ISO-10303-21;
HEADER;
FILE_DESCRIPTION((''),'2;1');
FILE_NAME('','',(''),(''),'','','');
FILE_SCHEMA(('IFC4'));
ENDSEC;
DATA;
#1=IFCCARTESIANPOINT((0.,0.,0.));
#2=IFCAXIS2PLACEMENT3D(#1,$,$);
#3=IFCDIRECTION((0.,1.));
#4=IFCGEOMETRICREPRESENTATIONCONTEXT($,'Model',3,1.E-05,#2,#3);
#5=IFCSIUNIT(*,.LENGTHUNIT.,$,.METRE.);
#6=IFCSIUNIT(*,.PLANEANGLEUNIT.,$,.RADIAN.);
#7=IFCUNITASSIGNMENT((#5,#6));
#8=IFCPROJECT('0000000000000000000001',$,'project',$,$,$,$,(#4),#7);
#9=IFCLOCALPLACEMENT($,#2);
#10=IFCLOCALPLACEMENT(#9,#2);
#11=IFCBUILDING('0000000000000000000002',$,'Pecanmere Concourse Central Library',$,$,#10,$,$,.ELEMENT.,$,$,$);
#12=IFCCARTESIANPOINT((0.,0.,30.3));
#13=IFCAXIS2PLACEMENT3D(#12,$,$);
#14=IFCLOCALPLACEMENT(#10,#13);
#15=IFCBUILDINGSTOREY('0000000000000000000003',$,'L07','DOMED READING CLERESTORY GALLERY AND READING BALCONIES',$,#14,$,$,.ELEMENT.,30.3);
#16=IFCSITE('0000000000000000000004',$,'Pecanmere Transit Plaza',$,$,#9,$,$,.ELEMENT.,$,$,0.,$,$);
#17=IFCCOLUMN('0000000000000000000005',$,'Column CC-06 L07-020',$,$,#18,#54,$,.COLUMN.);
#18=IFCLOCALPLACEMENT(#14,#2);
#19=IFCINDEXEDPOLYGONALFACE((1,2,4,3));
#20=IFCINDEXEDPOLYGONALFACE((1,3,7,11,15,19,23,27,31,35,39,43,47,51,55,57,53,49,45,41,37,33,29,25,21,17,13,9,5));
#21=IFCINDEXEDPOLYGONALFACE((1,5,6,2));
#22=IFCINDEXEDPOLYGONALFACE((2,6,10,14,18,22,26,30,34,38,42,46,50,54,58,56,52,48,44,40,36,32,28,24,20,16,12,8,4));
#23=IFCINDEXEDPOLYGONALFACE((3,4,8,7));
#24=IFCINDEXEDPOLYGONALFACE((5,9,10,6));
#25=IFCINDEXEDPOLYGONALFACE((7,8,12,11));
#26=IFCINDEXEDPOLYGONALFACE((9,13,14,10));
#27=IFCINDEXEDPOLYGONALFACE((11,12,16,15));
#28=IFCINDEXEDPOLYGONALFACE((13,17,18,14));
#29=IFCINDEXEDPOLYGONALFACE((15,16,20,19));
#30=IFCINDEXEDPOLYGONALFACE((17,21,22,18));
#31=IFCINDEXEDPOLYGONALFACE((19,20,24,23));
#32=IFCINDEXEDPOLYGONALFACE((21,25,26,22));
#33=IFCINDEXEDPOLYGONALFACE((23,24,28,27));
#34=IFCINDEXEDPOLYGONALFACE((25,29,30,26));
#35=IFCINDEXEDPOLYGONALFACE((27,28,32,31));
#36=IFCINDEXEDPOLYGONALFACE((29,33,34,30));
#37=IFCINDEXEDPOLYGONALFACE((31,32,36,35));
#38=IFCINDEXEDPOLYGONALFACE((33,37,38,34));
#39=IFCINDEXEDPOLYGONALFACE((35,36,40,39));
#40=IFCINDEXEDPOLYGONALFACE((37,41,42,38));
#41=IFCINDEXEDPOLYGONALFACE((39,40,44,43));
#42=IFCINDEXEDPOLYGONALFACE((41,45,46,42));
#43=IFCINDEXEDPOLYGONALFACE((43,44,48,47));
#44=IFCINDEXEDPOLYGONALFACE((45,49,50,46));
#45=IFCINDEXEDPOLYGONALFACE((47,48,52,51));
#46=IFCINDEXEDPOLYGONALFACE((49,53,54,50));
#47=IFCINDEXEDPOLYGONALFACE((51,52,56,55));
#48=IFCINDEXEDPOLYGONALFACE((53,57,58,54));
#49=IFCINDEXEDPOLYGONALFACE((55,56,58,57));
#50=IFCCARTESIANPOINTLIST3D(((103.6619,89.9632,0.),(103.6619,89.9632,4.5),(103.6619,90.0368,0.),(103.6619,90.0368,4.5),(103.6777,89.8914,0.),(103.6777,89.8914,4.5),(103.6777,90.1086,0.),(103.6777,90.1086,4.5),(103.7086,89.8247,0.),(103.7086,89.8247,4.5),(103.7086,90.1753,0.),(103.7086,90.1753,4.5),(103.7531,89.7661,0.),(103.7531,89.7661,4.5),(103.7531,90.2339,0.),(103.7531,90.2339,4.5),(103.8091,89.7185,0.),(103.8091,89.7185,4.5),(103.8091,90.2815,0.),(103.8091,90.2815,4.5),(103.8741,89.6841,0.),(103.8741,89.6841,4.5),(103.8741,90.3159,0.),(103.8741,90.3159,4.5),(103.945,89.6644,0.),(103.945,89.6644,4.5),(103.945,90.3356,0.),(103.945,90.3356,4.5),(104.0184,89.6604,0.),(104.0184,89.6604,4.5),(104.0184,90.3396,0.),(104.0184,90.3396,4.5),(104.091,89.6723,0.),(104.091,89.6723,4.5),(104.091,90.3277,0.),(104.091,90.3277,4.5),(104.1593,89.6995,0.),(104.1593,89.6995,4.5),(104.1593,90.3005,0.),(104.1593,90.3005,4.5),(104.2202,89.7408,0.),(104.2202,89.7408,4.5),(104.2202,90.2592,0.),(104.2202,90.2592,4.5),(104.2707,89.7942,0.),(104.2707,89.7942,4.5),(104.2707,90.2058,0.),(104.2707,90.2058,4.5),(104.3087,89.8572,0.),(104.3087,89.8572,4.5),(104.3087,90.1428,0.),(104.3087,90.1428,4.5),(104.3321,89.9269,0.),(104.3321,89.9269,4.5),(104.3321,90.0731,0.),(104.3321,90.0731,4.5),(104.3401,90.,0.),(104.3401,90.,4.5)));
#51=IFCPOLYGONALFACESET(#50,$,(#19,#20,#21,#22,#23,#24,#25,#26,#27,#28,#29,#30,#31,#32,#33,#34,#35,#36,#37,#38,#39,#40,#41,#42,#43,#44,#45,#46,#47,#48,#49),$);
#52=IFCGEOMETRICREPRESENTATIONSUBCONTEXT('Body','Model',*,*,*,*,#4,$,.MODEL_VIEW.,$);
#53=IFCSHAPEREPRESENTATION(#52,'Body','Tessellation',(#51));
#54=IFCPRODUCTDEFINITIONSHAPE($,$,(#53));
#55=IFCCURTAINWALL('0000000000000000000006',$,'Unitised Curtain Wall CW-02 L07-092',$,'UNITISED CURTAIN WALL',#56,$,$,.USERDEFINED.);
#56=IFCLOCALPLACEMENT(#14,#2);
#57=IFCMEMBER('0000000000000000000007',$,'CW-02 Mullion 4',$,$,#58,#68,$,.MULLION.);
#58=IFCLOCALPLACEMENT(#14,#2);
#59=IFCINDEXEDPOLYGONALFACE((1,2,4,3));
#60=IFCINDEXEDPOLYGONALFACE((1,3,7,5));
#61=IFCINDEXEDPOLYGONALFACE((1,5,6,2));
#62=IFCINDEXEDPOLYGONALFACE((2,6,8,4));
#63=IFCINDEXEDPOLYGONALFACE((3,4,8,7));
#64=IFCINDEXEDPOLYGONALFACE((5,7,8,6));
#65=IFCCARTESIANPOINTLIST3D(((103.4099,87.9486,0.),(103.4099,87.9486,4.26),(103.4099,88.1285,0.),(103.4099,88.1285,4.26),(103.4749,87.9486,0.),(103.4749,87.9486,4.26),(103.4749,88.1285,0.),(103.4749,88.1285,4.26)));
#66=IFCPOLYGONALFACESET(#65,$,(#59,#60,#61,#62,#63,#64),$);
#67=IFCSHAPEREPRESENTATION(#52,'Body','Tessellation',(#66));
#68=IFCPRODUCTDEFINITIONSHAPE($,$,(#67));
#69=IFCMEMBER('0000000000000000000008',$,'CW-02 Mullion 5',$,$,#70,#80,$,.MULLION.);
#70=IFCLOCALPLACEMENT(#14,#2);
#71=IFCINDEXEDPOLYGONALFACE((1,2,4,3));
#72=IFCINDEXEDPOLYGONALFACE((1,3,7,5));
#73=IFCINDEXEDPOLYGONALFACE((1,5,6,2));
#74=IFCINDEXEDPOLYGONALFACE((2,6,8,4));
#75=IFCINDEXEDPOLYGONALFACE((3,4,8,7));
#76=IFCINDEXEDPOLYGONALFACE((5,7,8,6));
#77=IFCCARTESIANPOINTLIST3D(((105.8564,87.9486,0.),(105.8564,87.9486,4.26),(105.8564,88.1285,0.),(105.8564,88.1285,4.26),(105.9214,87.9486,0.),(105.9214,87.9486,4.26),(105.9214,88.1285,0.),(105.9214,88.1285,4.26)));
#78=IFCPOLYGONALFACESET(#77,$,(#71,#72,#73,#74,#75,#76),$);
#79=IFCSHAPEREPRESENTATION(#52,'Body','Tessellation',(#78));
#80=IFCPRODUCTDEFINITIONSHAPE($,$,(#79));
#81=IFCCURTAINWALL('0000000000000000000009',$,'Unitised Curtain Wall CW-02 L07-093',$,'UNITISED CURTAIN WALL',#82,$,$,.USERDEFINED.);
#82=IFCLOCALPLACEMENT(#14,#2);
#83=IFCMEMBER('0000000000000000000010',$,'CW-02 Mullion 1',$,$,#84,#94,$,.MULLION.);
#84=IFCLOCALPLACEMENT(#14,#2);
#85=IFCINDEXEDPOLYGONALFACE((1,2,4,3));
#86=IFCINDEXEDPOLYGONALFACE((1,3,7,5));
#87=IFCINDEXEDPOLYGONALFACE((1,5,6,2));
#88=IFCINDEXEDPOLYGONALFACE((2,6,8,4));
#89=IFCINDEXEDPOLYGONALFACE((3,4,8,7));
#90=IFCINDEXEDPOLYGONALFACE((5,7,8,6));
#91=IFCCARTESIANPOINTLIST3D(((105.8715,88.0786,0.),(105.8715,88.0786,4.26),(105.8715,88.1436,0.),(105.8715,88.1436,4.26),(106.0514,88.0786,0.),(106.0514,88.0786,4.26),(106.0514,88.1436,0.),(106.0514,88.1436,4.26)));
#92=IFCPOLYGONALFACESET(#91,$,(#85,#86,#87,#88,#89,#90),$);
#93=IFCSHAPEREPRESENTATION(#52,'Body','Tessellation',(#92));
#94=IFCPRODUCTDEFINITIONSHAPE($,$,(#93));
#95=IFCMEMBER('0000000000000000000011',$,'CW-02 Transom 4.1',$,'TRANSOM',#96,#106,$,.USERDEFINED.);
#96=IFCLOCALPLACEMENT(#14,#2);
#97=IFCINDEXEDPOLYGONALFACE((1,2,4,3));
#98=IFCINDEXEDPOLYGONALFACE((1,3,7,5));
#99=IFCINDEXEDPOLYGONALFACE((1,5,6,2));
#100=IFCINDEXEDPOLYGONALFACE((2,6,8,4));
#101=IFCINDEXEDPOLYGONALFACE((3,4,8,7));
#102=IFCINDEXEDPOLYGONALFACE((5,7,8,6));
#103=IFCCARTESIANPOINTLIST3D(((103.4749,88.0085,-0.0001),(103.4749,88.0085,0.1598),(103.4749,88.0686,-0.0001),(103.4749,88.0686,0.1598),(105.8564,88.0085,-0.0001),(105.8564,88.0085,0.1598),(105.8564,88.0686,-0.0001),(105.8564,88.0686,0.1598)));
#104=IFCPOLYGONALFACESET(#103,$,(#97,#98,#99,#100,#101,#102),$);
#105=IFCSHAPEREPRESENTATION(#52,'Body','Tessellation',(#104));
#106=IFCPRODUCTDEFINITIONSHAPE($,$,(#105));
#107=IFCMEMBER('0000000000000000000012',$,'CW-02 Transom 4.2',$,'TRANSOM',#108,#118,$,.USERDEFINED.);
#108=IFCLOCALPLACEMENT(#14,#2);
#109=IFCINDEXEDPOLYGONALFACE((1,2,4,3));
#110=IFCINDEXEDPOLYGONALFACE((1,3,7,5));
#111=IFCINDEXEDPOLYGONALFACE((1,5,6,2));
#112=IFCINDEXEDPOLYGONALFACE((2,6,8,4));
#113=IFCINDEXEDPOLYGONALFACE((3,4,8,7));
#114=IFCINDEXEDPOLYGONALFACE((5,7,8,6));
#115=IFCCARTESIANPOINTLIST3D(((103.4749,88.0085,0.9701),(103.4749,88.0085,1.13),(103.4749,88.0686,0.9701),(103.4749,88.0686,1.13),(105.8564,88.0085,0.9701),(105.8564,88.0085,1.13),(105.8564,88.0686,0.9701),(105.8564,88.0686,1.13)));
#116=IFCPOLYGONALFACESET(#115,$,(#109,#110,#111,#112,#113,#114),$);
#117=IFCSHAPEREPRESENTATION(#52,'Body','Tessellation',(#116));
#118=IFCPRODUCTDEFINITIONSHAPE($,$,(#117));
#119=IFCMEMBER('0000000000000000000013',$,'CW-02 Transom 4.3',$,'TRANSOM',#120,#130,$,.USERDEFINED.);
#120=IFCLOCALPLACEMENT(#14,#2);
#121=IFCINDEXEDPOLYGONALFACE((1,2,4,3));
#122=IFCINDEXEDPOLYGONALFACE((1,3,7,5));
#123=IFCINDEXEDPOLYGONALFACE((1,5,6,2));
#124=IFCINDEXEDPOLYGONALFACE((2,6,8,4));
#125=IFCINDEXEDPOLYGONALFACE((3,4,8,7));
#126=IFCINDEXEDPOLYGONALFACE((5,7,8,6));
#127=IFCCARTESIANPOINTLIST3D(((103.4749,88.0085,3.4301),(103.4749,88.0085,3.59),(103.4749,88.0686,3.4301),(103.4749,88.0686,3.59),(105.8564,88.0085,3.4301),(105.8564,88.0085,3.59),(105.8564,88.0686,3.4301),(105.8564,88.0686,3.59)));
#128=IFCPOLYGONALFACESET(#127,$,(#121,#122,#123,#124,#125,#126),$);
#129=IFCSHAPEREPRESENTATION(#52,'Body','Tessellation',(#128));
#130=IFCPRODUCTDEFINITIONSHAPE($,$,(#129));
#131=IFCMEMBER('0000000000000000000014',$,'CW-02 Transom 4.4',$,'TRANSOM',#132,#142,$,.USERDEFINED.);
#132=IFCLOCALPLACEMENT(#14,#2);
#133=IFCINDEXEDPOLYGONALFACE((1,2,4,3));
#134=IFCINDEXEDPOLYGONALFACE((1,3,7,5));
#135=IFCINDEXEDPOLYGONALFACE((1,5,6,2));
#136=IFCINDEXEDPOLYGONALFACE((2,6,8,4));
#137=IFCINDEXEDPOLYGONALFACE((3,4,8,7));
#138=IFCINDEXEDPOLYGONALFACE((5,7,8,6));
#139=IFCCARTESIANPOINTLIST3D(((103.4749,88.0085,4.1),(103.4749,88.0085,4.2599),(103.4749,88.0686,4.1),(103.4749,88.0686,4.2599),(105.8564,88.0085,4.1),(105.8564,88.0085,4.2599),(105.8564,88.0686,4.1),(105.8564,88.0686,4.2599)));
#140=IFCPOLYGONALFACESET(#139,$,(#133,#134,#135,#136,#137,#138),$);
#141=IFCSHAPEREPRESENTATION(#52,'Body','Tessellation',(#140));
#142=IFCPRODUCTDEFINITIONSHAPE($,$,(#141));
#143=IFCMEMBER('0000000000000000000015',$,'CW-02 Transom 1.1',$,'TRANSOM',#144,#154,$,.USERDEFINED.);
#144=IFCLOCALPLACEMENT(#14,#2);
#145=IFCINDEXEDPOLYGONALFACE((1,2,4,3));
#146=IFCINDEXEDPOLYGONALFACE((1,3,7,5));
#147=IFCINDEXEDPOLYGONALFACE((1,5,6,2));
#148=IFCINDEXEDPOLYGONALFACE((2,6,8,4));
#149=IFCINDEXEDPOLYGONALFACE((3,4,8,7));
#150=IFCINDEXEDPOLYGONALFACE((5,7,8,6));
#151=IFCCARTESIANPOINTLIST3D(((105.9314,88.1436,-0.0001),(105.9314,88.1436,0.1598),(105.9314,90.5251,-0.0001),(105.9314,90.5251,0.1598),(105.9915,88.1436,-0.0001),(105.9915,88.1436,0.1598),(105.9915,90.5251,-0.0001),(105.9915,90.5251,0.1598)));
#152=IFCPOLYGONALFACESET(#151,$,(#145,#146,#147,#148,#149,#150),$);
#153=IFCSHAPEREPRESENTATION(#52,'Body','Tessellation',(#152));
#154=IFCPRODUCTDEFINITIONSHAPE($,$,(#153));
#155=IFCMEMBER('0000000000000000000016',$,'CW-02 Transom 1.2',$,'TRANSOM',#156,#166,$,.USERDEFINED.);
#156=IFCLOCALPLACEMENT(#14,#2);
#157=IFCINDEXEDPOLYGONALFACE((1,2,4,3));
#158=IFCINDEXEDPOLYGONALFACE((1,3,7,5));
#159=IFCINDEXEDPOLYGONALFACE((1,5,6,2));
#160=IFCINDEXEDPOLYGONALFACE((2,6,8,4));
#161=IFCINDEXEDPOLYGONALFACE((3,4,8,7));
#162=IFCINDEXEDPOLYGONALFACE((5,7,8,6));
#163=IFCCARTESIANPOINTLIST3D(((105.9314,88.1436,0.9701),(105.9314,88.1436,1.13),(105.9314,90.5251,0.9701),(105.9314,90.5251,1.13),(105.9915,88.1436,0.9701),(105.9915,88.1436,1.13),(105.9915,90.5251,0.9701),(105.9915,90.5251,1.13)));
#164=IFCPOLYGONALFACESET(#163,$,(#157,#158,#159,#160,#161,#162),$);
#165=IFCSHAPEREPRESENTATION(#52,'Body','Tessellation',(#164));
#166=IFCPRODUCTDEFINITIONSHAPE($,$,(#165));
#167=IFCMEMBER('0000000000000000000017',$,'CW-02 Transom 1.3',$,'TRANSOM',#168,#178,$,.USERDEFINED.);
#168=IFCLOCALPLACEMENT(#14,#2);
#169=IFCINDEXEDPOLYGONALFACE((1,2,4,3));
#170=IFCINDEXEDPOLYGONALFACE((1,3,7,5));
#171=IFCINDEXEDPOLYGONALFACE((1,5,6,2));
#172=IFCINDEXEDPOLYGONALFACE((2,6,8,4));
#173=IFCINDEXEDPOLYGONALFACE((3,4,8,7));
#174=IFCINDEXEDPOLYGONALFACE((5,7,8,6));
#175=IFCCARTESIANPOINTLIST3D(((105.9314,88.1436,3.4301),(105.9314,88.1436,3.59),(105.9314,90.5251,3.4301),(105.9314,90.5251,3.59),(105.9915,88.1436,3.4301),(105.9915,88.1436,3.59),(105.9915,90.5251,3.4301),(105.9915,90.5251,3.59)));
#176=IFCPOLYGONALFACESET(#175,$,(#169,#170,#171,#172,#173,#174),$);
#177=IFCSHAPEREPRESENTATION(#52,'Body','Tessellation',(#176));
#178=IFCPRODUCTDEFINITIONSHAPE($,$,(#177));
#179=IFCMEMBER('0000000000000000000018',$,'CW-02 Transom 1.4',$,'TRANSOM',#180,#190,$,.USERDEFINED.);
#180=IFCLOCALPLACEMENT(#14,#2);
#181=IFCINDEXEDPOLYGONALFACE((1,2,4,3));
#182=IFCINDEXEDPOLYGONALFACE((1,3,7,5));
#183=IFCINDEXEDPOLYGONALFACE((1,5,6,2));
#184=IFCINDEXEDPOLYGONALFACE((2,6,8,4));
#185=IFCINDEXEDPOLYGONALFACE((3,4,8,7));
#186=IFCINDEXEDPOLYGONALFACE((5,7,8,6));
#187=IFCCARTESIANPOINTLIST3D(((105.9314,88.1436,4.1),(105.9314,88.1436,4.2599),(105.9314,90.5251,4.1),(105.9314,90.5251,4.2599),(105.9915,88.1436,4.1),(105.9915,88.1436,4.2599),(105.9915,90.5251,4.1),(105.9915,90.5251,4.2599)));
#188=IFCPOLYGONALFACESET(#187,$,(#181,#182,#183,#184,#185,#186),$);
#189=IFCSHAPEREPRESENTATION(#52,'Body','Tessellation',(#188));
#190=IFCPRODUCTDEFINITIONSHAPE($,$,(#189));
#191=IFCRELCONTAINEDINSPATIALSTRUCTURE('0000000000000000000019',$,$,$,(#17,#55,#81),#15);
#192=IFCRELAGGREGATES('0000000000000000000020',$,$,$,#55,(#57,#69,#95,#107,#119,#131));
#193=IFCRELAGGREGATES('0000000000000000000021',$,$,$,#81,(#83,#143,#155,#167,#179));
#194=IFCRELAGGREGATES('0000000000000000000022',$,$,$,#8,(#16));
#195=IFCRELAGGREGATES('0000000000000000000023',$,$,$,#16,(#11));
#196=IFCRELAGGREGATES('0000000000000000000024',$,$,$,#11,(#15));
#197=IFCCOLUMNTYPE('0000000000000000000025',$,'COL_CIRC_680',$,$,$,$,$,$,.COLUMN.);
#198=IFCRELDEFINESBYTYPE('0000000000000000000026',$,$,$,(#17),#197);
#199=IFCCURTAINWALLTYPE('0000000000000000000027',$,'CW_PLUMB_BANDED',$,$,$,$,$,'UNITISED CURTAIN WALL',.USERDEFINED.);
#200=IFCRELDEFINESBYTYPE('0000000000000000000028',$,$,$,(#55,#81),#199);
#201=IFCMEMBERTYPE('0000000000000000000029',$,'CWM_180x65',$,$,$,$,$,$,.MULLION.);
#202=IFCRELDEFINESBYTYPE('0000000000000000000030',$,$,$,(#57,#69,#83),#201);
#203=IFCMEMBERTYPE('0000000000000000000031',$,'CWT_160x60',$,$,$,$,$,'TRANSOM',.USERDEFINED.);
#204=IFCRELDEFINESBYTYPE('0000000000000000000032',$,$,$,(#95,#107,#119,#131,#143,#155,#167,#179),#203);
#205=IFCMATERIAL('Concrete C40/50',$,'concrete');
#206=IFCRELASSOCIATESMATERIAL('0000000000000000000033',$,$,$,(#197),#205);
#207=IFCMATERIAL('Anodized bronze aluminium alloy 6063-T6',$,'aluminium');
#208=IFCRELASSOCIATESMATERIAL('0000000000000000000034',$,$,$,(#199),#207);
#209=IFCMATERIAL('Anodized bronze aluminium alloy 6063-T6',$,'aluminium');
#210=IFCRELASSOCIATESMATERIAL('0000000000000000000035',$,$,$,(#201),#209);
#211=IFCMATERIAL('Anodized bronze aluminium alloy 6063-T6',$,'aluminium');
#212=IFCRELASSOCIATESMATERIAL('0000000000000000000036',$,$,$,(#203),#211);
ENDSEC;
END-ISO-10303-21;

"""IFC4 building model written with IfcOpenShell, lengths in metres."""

from ifc_helpers import new_model, si_unit, direction, frame, origin, origin_2d, place, context, subcontext, project, spatial, rectangle, circle, extrude, material, material_profile, profile_set, type_object, element, aggregate, save


model = new_model("IFC4")

# Units and contexts
model_context = context("Model", 3, precision=1e-05, world=origin(), true_north=direction((0.0, 1.0)))
body_context = subcontext(model_context, "Body", "Model", "MODEL_VIEW")
ifc_project = project(units=[si_unit("LENGTHUNIT", "METRE"), si_unit("PLANEANGLEUNIT", "RADIAN")], contexts=[model_context])

# Site, building, storey
site_placement = place(None, origin())
site = spatial("IfcSite", under=ifc_project, at=site_placement, Name="Pecanmere Transit Plaza", CompositionType="ELEMENT", RefElevation=0.0)
building_placement = place(site_placement, origin())
building = spatial("IfcBuilding", under=site, at=building_placement, Name="Pecanmere Concourse Central Library", CompositionType="ELEMENT")
storey_placement = place(building_placement, frame((0.0, 0.0, 30.3)))
storey = spatial("IfcBuildingStorey", under=building, at=storey_placement, Name="L07", Description="DOMED READING CLERESTORY GALLERY AND READING BALCONIES", CompositionType="ELEMENT", Elevation=30.3)

# Column
ifc_material_1 = material(Name="Concrete C40/50", Category="concrete")
ifc_material_profile_1 = material_profile(ifc_material_1, circle(Radius=0.3401, at=origin_2d()), Name="RC D680")
ifc_profile_set_1 = profile_set([ifc_material_profile_1], Name="Concrete C40/50")
column_type = type_object("IfcColumnType", Name="COL_CIRC_680", PredefinedType="COLUMN", material=ifc_profile_set_1)
column_placement = place(storey_placement, frame((104.0, 90.0, 0.0), z_axis=(0.0, 0.0, 1.0), x_axis=(1.0, 0.0, 0.0)))
element("IfcColumn", 1, at=column_placement, inside=storey, type_object=column_type, Name="Column CC-06 L07-020", PredefinedType="COLUMN", context=body_context, shape_type="SweptSolid", body=[
    extrude(circle(Radius=0.3401, at=origin_2d()), origin(), (0.0, 0.0, 1.0), 4.5),
])

# Curtain wall, members
ifc_material_2 = material(Name="Anodized bronze aluminium alloy 6063-T6", Category="aluminium")
curtain_wall_type = type_object("IfcCurtainWallType", Name="CW_PLUMB_BANDED", ElementType="UNITISED CURTAIN WALL", PredefinedType="USERDEFINED", material=ifc_material_2)
curtain_wall_1_placement = place(storey_placement, origin())
curtain_wall_1 = element("IfcCurtainWall", 2, at=curtain_wall_1_placement, inside=storey, type_object=curtain_wall_type, Name="Unitised Curtain Wall CW-02 L07-092", ObjectType="UNITISED CURTAIN WALL", PredefinedType="USERDEFINED")
ifc_material_3 = material(Name="Anodized bronze aluminium alloy 6063-T6", Category="aluminium")
ifc_material_profile_2 = material_profile(ifc_material_3, rectangle(XDim=0.0649, YDim=0.1799, at=origin_2d()), Name="AL 65x180")
ifc_profile_set_2 = profile_set([ifc_material_profile_2], Name="Anodized bronze aluminium alloy 6063-T6")
member_type_1 = type_object("IfcMemberType", Name="CWM_180x65", PredefinedType="MULLION", material=ifc_profile_set_2)
member_1_placement = place(storey_placement, frame((103.4424, 88.0386, 0.0), z_axis=(0.0, 0.0, 1.0), x_axis=(1.0, 0.0, 0.0)))
member_1 = element("IfcMember", 3, at=member_1_placement, type_object=member_type_1, Name="CW-02 Mullion 4", PredefinedType="MULLION", context=body_context, shape_type="SweptSolid", body=[
    extrude(rectangle(XDim=0.0649, YDim=0.1799, at=origin_2d()), origin(), (0.0, 0.0, 1.0), 4.26),
])
member_2_placement = place(storey_placement, frame((105.8889, 88.0386, 0.0), z_axis=(0.0, 0.0, 1.0), x_axis=(1.0, 0.0, 0.0)))
member_2 = element("IfcMember", 4, at=member_2_placement, type_object=member_type_1, Name="CW-02 Mullion 5", PredefinedType="MULLION", context=body_context, shape_type="SweptSolid", body=[
    extrude(rectangle(XDim=0.0649, YDim=0.1799, at=origin_2d()), origin(), (0.0, 0.0, 1.0), 4.26),
])

# Curtain wall, member
curtain_wall_2_placement = place(storey_placement, origin())
curtain_wall_2 = element("IfcCurtainWall", 5, at=curtain_wall_2_placement, inside=storey, type_object=curtain_wall_type, Name="Unitised Curtain Wall CW-02 L07-093", ObjectType="UNITISED CURTAIN WALL", PredefinedType="USERDEFINED")
member_3_placement = place(storey_placement, frame((105.9614, 88.1111, 0.0), z_axis=(0.0, 0.0, 1.0), x_axis=(0.0, 1.0, 0.0)))
member_3 = element("IfcMember", 6, at=member_3_placement, type_object=member_type_1, Name="CW-02 Mullion 1", PredefinedType="MULLION", context=body_context, shape_type="SweptSolid", body=[
    extrude(rectangle(XDim=0.0649, YDim=0.1799, at=origin_2d()), origin(), (0.0, 0.0, 1.0), 4.26),
])

# Members
ifc_material_4 = material(Name="Anodized bronze aluminium alloy 6063-T6", Category="aluminium")
ifc_material_profile_3 = material_profile(ifc_material_4, rectangle(XDim=0.0601, YDim=0.1599, at=origin_2d()), Name="AL 60x160")
ifc_profile_set_3 = profile_set([ifc_material_profile_3], Name="Anodized bronze aluminium alloy 6063-T6")
member_type_2 = type_object("IfcMemberType", Name="CWT_160x60", ElementType="TRANSOM", PredefinedType="USERDEFINED", material=ifc_profile_set_3)
member_4_placement = place(storey_placement, frame((103.4749, 88.0386, 0.0798), z_axis=(1.0, 0.0, 0.0), x_axis=(0.0, 1.0, 0.0)))
member_4 = element("IfcMember", 7, at=member_4_placement, type_object=member_type_2, Name="CW-02 Transom 4.1", ObjectType="TRANSOM", PredefinedType="USERDEFINED", context=body_context, shape_type="SweptSolid", body=[
    extrude(rectangle(XDim=0.0601, YDim=0.1599, at=origin_2d()), origin(), (0.0, 0.0, 1.0), 2.3816),
])
member_5_placement = place(storey_placement, frame((103.4749, 88.0386, 1.05), z_axis=(1.0, 0.0, 0.0), x_axis=(0.0, 1.0, 0.0)))
member_5 = element("IfcMember", 8, at=member_5_placement, type_object=member_type_2, Name="CW-02 Transom 4.2", ObjectType="TRANSOM", PredefinedType="USERDEFINED", context=body_context, shape_type="SweptSolid", body=[
    extrude(rectangle(XDim=0.0601, YDim=0.1599, at=origin_2d()), origin(), (0.0, 0.0, 1.0), 2.3816),
])
member_6_placement = place(storey_placement, frame((103.4749, 88.0386, 3.51), z_axis=(1.0, 0.0, 0.0), x_axis=(0.0, 1.0, 0.0)))
member_6 = element("IfcMember", 9, at=member_6_placement, type_object=member_type_2, Name="CW-02 Transom 4.3", ObjectType="TRANSOM", PredefinedType="USERDEFINED", context=body_context, shape_type="SweptSolid", body=[
    extrude(rectangle(XDim=0.0601, YDim=0.1599, at=origin_2d()), origin(), (0.0, 0.0, 1.0), 2.3816),
])
member_7_placement = place(storey_placement, frame((103.4749, 88.0386, 4.1799), z_axis=(1.0, 0.0, 0.0), x_axis=(0.0, 1.0, 0.0)))
member_7 = element("IfcMember", 10, at=member_7_placement, type_object=member_type_2, Name="CW-02 Transom 4.4", ObjectType="TRANSOM", PredefinedType="USERDEFINED", context=body_context, shape_type="SweptSolid", body=[
    extrude(rectangle(XDim=0.0601, YDim=0.1599, at=origin_2d()), origin(), (0.0, 0.0, 1.0), 2.3816),
])
member_8_placement = place(storey_placement, frame((105.9614, 88.1436, 0.0798), z_axis=(0.0, 1.0, 0.0), x_axis=(-1.0, 0.0, 0.0)))
member_8 = element("IfcMember", 11, at=member_8_placement, type_object=member_type_2, Name="CW-02 Transom 1.1", ObjectType="TRANSOM", PredefinedType="USERDEFINED", context=body_context, shape_type="SweptSolid", body=[
    extrude(rectangle(XDim=0.0601, YDim=0.1599, at=origin_2d()), origin(), (0.0, 0.0, 1.0), 2.3816),
])
member_9_placement = place(storey_placement, frame((105.9614, 88.1436, 1.05), z_axis=(0.0, 1.0, 0.0), x_axis=(-1.0, 0.0, 0.0)))
member_9 = element("IfcMember", 12, at=member_9_placement, type_object=member_type_2, Name="CW-02 Transom 1.2", ObjectType="TRANSOM", PredefinedType="USERDEFINED", context=body_context, shape_type="SweptSolid", body=[
    extrude(rectangle(XDim=0.0601, YDim=0.1599, at=origin_2d()), origin(), (0.0, 0.0, 1.0), 2.3816),
])
member_10_placement = place(storey_placement, frame((105.9614, 88.1436, 3.51), z_axis=(0.0, 1.0, 0.0), x_axis=(-1.0, 0.0, 0.0)))
member_10 = element("IfcMember", 13, at=member_10_placement, type_object=member_type_2, Name="CW-02 Transom 1.3", ObjectType="TRANSOM", PredefinedType="USERDEFINED", context=body_context, shape_type="SweptSolid", body=[
    extrude(rectangle(XDim=0.0601, YDim=0.1599, at=origin_2d()), origin(), (0.0, 0.0, 1.0), 2.3816),
])
member_11_placement = place(storey_placement, frame((105.9614, 88.1436, 4.1799), z_axis=(0.0, 1.0, 0.0), x_axis=(-1.0, 0.0, 0.0)))
member_11 = element("IfcMember", 14, at=member_11_placement, type_object=member_type_2, Name="CW-02 Transom 1.4", ObjectType="TRANSOM", PredefinedType="USERDEFINED", context=body_context, shape_type="SweptSolid", body=[
    extrude(rectangle(XDim=0.0601, YDim=0.1599, at=origin_2d()), origin(), (0.0, 0.0, 1.0), 2.3816),
])

aggregate(curtain_wall_1, [member_1, member_2, member_4, member_5, member_6, member_7])
aggregate(curtain_wall_2, [member_3, member_8, member_9, member_10, member_11])

save(model, "model.ifc")
